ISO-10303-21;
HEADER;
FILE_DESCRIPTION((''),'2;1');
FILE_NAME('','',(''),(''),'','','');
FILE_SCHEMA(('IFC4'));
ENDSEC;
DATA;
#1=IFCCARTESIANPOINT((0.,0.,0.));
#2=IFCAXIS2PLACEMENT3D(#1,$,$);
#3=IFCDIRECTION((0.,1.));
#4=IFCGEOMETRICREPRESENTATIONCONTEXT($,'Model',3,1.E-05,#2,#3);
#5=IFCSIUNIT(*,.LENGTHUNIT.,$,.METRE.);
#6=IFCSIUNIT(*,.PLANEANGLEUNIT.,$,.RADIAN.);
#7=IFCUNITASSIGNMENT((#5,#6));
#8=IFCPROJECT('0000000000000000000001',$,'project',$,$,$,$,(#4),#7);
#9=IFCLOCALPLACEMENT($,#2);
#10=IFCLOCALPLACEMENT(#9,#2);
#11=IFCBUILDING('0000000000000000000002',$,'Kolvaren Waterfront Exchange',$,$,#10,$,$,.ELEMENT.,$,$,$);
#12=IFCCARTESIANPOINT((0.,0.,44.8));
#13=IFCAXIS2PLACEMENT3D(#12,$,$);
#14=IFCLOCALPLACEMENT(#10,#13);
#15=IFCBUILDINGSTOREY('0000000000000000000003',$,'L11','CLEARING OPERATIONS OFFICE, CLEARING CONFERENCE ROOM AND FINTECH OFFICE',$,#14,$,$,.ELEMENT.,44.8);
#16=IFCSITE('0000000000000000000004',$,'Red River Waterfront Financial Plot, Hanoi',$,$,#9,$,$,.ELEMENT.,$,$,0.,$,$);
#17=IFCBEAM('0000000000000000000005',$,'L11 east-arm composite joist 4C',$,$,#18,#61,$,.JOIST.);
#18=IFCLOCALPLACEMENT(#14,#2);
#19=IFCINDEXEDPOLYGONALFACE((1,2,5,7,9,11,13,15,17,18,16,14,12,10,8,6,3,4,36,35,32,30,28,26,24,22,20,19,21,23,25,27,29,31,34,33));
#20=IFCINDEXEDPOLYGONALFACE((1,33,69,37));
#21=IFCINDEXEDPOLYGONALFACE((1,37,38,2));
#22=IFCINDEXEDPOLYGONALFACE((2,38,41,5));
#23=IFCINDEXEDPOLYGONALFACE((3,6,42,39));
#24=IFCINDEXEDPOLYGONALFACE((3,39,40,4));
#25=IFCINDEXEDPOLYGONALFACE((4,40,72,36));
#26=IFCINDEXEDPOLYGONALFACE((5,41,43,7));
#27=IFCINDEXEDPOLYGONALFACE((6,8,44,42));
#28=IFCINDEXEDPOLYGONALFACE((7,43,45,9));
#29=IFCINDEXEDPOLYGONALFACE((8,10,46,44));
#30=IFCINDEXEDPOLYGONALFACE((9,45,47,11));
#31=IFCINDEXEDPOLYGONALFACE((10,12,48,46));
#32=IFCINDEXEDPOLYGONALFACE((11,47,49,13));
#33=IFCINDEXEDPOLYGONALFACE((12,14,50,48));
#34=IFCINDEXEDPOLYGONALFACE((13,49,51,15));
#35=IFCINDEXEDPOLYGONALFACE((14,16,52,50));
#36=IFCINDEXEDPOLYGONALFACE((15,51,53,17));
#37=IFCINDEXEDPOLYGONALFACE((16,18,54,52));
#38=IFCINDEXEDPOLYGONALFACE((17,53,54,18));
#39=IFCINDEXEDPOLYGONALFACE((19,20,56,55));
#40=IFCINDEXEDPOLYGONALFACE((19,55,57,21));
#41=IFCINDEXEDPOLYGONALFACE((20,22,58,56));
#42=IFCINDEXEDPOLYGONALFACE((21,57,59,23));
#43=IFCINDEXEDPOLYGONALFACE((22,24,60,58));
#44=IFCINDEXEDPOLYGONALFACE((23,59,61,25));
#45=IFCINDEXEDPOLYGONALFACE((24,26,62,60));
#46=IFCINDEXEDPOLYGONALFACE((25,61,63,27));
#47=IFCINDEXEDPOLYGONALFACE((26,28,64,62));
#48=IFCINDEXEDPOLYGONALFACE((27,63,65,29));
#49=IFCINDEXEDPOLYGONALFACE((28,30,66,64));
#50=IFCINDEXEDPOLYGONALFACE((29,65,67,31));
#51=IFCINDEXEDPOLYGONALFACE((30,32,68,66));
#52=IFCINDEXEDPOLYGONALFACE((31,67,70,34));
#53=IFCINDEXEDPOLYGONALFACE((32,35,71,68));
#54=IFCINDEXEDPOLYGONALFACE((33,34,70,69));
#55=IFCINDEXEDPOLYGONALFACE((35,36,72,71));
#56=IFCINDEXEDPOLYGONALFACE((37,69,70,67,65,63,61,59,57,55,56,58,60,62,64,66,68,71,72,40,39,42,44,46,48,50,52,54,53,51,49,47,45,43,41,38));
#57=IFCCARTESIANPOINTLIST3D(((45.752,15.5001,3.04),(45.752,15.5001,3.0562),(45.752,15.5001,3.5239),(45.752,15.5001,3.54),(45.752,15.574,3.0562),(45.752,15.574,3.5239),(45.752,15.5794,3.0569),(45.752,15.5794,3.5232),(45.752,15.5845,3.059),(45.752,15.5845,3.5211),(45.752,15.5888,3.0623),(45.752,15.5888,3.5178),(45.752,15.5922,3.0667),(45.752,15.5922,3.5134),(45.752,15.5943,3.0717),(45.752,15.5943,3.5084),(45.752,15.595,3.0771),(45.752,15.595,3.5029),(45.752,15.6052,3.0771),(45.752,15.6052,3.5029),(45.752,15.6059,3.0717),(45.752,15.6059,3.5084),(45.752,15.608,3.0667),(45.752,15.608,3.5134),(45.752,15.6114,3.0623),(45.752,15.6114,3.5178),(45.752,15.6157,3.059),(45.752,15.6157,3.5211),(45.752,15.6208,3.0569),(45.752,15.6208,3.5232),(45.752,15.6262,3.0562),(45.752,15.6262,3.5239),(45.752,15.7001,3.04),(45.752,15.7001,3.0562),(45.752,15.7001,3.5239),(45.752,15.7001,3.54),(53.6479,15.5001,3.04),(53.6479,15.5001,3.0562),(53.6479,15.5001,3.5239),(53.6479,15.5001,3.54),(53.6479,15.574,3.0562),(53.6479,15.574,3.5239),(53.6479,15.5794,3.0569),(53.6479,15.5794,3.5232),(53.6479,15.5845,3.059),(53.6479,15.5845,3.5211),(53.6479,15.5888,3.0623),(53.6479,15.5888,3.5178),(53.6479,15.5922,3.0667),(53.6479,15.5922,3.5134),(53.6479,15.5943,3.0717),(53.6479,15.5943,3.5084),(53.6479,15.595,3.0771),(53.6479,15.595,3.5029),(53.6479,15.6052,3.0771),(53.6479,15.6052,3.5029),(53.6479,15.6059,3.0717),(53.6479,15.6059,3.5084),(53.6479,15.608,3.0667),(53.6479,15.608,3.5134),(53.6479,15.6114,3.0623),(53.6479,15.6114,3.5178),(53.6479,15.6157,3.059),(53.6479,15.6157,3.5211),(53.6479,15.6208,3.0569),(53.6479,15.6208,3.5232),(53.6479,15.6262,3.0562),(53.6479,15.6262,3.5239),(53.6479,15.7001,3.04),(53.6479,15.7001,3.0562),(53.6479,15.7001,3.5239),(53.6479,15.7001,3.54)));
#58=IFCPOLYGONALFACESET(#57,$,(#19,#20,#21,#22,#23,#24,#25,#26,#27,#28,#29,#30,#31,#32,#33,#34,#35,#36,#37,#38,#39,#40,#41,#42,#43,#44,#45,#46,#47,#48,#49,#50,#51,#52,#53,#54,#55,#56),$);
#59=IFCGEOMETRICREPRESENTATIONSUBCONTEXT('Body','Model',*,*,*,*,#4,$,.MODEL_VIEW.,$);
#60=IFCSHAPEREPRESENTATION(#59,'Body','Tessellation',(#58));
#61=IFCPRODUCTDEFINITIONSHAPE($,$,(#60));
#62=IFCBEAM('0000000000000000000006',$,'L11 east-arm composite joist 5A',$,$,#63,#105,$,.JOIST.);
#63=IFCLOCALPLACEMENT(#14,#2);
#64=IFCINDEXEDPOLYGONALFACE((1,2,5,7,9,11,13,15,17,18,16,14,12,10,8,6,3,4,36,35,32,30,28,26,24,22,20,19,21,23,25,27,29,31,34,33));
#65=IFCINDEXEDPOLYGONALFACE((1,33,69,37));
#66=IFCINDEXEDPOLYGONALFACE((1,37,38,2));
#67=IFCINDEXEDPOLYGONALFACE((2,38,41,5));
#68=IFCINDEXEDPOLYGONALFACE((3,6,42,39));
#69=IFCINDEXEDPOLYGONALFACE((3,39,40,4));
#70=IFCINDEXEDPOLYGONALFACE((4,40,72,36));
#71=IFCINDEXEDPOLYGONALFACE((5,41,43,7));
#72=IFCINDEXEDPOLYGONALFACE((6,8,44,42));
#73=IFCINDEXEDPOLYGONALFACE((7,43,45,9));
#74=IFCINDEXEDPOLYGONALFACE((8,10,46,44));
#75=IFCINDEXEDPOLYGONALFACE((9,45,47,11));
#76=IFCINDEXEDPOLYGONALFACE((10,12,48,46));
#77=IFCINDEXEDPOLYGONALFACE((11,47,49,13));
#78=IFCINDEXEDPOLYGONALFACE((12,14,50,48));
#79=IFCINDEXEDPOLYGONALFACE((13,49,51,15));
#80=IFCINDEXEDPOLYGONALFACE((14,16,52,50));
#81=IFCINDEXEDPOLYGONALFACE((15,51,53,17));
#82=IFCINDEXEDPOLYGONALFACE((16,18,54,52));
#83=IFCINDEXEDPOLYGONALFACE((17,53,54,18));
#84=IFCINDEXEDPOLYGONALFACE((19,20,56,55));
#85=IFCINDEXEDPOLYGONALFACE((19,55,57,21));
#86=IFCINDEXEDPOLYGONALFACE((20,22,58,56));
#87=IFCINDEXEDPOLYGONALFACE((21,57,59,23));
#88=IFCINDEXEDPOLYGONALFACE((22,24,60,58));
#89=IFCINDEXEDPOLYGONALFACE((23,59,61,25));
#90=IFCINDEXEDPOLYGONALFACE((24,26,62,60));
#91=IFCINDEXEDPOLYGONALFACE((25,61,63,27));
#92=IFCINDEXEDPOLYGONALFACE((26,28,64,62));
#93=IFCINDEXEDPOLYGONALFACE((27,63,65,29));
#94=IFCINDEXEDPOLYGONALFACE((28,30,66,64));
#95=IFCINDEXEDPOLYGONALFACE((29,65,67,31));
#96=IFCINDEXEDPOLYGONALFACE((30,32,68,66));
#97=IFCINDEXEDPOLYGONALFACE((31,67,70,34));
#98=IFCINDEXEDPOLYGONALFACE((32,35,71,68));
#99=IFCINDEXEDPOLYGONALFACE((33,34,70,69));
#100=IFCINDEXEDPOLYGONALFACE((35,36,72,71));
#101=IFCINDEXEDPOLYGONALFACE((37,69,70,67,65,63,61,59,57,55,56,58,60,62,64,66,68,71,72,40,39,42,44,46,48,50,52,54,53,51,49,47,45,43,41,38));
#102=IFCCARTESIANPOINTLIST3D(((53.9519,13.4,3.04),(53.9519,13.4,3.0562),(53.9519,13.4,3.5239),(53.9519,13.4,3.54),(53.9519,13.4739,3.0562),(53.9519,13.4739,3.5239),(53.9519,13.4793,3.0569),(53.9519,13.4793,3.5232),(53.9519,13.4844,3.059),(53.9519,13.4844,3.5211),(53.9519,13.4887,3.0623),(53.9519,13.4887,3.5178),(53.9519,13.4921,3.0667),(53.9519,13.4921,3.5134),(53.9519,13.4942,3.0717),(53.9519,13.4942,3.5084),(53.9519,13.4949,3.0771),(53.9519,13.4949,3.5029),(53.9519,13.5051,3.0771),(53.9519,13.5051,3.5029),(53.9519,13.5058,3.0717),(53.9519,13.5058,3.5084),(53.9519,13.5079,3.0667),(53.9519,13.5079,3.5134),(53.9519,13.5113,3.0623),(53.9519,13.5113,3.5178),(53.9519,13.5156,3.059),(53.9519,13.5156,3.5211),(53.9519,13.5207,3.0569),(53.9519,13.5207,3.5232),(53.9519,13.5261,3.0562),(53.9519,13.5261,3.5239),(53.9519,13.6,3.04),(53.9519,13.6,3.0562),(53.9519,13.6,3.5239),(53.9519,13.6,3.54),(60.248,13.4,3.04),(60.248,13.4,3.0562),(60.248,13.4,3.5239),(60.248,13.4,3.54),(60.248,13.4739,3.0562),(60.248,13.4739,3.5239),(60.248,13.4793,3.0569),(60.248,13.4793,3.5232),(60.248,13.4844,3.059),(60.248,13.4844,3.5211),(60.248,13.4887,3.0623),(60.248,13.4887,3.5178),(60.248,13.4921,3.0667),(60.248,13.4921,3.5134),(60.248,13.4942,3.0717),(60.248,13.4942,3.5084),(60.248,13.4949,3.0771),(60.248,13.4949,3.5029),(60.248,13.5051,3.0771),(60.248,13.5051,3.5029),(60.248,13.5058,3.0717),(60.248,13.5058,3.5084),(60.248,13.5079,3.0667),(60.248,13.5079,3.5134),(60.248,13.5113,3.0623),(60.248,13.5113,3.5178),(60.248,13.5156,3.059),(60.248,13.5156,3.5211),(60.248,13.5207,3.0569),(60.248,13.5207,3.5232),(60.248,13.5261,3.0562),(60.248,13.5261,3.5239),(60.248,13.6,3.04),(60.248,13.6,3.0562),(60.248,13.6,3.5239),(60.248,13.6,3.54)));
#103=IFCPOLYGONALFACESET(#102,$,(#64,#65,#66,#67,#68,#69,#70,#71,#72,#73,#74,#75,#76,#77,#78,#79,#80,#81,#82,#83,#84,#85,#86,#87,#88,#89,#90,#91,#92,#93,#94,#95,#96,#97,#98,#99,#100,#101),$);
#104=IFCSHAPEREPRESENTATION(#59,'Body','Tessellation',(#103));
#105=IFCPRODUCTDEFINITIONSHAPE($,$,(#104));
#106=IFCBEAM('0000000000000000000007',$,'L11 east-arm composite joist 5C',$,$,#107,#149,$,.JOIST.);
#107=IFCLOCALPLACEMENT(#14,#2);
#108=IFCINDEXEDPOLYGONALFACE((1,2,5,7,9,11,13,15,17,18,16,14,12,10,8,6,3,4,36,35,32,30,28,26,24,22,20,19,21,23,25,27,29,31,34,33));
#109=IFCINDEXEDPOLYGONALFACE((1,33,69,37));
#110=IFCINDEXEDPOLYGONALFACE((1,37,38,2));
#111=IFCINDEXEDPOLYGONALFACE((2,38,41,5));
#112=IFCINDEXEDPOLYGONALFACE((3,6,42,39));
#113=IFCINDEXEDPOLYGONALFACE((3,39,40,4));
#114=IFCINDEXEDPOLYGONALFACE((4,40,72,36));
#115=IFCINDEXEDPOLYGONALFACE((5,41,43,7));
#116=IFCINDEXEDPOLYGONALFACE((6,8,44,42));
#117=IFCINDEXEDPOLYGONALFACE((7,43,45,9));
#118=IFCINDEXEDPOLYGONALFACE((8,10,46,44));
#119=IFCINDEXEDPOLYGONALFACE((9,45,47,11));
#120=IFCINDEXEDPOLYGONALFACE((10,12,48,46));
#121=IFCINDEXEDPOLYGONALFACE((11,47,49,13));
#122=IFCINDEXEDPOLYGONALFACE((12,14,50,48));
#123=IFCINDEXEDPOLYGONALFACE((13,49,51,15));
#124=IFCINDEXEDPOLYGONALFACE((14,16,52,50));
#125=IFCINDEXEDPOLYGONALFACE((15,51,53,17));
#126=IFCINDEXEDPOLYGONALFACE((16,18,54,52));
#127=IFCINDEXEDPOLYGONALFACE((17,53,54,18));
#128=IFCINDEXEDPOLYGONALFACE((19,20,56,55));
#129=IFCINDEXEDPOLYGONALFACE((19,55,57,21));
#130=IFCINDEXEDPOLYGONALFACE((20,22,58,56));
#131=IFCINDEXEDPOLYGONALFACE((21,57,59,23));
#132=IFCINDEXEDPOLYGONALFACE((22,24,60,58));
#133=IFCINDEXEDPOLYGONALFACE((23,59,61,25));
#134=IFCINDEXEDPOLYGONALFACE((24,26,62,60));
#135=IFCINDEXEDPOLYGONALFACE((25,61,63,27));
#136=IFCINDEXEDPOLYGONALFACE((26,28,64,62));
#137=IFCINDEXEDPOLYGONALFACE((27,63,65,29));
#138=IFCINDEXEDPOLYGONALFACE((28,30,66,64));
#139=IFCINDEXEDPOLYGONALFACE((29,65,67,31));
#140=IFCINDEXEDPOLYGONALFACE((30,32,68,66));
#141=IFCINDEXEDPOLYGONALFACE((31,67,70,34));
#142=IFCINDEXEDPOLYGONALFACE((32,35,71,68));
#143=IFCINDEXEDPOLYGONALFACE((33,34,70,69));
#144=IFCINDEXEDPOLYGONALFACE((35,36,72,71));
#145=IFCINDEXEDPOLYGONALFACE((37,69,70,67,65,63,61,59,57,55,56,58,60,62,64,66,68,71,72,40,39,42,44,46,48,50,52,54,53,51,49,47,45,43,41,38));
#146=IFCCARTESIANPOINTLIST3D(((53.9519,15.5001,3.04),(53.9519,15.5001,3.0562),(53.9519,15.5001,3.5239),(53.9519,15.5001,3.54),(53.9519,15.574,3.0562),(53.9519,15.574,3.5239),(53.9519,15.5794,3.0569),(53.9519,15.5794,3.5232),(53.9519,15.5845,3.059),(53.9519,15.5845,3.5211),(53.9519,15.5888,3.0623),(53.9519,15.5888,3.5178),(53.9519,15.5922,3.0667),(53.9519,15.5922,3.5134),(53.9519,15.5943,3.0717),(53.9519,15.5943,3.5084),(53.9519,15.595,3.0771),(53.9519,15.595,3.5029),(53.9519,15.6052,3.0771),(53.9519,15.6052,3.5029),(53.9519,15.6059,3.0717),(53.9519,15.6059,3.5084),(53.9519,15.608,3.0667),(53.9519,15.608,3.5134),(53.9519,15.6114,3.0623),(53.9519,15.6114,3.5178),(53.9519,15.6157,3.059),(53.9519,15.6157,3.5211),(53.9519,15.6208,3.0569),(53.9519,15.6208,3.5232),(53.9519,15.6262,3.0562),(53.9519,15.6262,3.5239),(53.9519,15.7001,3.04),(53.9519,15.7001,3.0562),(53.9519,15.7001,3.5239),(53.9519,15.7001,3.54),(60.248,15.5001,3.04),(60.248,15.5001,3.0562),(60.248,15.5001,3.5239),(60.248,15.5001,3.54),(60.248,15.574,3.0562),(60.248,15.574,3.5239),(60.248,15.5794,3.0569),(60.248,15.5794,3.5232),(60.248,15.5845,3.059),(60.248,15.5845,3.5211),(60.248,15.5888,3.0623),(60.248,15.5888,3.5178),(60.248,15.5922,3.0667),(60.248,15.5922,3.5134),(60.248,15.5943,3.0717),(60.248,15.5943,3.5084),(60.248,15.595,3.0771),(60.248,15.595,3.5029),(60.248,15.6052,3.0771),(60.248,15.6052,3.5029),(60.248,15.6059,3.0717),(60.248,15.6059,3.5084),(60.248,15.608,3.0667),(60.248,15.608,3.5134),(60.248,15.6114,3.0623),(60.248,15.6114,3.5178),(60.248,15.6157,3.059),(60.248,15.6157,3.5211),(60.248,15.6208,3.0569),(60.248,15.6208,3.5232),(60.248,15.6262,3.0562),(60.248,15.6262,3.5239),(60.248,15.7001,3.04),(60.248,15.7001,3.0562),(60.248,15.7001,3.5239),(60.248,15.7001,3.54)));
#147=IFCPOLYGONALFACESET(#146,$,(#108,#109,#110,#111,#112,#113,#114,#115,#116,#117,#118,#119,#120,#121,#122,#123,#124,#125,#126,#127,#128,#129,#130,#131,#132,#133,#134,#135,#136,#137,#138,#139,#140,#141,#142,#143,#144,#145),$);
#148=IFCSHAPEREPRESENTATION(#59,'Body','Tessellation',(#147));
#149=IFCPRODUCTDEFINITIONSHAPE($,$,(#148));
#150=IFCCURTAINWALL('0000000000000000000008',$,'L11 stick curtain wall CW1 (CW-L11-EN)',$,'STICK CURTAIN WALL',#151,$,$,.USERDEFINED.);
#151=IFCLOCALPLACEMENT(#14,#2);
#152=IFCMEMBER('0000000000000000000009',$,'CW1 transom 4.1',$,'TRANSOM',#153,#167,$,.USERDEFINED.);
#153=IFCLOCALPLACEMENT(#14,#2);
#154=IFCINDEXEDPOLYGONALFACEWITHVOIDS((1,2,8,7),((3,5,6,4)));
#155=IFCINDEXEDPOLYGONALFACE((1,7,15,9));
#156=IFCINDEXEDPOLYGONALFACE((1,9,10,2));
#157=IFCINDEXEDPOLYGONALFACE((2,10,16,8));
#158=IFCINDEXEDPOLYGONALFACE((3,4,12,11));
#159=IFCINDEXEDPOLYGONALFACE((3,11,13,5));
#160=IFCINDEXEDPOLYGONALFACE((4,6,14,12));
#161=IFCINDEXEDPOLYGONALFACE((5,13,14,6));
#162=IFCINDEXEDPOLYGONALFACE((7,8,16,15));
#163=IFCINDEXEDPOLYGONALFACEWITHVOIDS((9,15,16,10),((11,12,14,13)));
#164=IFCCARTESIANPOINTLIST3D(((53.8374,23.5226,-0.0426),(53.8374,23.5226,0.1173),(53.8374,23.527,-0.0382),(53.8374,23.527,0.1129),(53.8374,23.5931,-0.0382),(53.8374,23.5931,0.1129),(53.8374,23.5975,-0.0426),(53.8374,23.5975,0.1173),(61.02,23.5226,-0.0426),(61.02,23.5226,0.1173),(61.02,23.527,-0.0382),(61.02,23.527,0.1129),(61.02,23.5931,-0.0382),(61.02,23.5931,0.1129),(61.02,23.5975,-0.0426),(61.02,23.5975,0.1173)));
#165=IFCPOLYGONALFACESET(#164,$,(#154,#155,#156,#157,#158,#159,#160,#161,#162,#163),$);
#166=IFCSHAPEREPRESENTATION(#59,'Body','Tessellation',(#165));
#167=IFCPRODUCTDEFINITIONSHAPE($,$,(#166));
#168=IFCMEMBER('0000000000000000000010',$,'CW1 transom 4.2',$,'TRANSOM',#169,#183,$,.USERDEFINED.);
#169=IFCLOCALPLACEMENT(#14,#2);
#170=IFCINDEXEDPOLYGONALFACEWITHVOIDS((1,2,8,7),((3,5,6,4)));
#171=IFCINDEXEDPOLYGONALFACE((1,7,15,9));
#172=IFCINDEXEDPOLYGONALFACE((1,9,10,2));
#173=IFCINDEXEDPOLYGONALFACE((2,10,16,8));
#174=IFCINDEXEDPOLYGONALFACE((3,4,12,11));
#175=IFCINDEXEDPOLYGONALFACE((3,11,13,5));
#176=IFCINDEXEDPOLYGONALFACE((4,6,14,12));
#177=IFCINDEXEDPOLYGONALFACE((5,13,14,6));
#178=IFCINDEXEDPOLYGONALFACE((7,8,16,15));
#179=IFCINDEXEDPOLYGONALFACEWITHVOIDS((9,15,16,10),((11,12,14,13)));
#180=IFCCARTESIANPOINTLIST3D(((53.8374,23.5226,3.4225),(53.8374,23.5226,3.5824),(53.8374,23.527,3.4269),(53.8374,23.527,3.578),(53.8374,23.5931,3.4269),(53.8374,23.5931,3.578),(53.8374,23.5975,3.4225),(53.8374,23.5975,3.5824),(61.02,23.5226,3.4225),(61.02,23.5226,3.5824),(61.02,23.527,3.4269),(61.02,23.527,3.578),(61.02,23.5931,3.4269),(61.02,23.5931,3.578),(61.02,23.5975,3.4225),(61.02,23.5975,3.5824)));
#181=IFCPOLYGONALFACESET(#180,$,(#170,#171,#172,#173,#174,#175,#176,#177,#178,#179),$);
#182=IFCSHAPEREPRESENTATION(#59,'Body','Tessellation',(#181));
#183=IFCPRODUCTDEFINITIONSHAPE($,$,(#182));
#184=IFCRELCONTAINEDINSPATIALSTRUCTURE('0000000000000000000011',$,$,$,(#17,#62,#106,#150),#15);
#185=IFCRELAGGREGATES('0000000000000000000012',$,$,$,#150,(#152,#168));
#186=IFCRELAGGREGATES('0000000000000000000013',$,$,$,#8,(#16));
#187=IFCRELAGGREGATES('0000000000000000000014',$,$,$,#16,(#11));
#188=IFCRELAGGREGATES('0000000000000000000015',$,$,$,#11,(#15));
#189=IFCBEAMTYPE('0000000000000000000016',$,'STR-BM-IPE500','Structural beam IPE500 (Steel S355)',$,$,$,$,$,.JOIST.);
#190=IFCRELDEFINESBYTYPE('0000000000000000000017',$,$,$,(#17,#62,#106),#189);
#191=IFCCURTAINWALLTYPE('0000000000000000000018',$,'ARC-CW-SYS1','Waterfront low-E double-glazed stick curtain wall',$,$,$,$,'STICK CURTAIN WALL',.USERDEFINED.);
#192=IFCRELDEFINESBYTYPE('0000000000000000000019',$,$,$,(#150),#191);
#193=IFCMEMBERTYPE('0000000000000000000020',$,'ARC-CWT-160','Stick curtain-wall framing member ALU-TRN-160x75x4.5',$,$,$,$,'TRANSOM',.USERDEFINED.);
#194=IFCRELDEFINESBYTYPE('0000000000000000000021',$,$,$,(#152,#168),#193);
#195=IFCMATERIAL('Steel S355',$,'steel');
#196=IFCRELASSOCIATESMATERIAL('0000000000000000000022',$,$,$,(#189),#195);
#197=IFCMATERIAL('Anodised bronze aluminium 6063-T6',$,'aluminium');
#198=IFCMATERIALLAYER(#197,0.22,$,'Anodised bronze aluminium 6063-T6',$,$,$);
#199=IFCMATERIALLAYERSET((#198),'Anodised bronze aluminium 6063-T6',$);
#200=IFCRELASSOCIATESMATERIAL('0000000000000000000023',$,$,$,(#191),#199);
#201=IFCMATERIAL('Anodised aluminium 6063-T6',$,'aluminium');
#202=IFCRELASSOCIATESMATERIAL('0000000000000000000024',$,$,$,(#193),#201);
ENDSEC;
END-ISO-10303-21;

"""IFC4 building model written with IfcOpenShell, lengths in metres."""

from ifc_helpers import new_model, si_unit, direction, frame, origin, origin_with_axes, origin_2d, place, context, subcontext, project, spatial, hollow_rectangle, i_section, extrude, source, transform, mapped, material, layer, layer_set, material_profile, profile_set, type_object, element, aggregate, save


model = new_model("IFC4")

# Units and contexts
model_context = context("Model", 3, precision=1e-05, world=origin(), true_north=direction((0.0, 1.0)))
body_context = subcontext(model_context, "Body", "Model", "MODEL_VIEW")
ifc_project = project(units=[si_unit("LENGTHUNIT", "METRE"), si_unit("PLANEANGLEUNIT", "RADIAN")], contexts=[model_context])

# Site, building, storey
site_placement = place(None, origin())
site = spatial("IfcSite", under=ifc_project, at=site_placement, Name="Red River Waterfront Financial Plot, Hanoi", CompositionType="ELEMENT", RefElevation=0.0)
building_placement = place(site_placement, origin())
building = spatial("IfcBuilding", under=site, at=building_placement, Name="Kolvaren Waterfront Exchange", CompositionType="ELEMENT")
storey_placement = place(building_placement, frame((0.0, 0.0, 44.8)))
storey = spatial("IfcBuildingStorey", under=building, at=storey_placement, Name="L11", Description="CLEARING OPERATIONS OFFICE, CLEARING CONFERENCE ROOM AND FINTECH OFFICE", CompositionType="ELEMENT", Elevation=44.8)

# Beams
ifc_material_1 = material(Name="Steel S355", Category="steel")
ifc_material_profile_1 = material_profile(ifc_material_1, i_section(OverallWidth=0.2, OverallDepth=0.5, WebThickness=0.0103, FlangeThickness=0.0161, FilletRadius=0.021, at=origin_2d()), Name="IPE500")
ifc_profile_set_1 = profile_set([ifc_material_profile_1], Name="Steel S355")
beam_type_1 = type_object("IfcBeamType", Name="STR-BM-IPE500", Description="Structural beam IPE500 (Steel S355)", PredefinedType="JOIST", material=ifc_profile_set_1)
for number, where, z_axis, x_axis, name in (
    (1, (45.752, 15.6001, 3.29), (1.0, 0.0, 0.0), (0.0, 1.0, 0.0), "L11 east-arm composite joist 4C"),
):
    element("IfcBeam", number, at=place(storey_placement, frame(where, z_axis=z_axis, x_axis=x_axis)), inside=storey, type_object=beam_type_1, Name=name, PredefinedType="JOIST", context=body_context, shape_type="SweptSolid", body=[
        extrude(i_section(OverallWidth=0.2, OverallDepth=0.5, WebThickness=0.0103, FlangeThickness=0.0161, FilletRadius=0.021, at=origin_2d()), origin(), (0.0, 0.0, 1.0), 7.896),
    ])
for number, where, z_axis, x_axis, name in (
    (2, (53.9519, 13.5, 3.29), (1.0, 0.0, 0.0), (0.0, 1.0, 0.0), "L11 east-arm composite joist 5A"),
    (3, (53.9519, 15.6001, 3.29), (1.0, 0.0, 0.0), (0.0, 1.0, 0.0), "L11 east-arm composite joist 5C"),
):
    element("IfcBeam", number, at=place(storey_placement, frame(where, z_axis=z_axis, x_axis=x_axis)), inside=storey, type_object=beam_type_1, Name=name, PredefinedType="JOIST", context=body_context, shape_type="SweptSolid", body=[
        extrude(i_section(OverallWidth=0.2, OverallDepth=0.5, WebThickness=0.0103, FlangeThickness=0.0161, FilletRadius=0.021, at=origin_2d()), origin(), (0.0, 0.0, 1.0), 6.2961),
    ])

# Curtain wall, members
ifc_material_2 = material(Name="Anodised bronze aluminium 6063-T6", Category="aluminium")
ifc_layer_1 = layer(ifc_material_2, 0.22, Name="Anodised bronze aluminium 6063-T6")
ifc_layer_set_1 = layer_set([ifc_layer_1], Name="Anodised bronze aluminium 6063-T6")
curtain_wall_type = type_object("IfcCurtainWallType", Name="ARC-CW-SYS1", Description="Waterfront low-E double-glazed stick curtain wall", ElementType="STICK CURTAIN WALL", PredefinedType="USERDEFINED", material=ifc_layer_set_1)
curtain_wall_placement = place(storey_placement, origin())
curtain_wall = element("IfcCurtainWall", 4, at=curtain_wall_placement, inside=storey, type_object=curtain_wall_type, Name="L11 stick curtain wall CW1 (CW-L11-EN)", ObjectType="STICK CURTAIN WALL", PredefinedType="USERDEFINED")
ifc_material_3 = material(Name="Anodised aluminium 6063-T6", Category="aluminium")
ifc_material_profile_2 = material_profile(ifc_material_3, hollow_rectangle(XDim=0.075, YDim=0.1599, WallThickness=0.0044, at=origin_2d()), Name="ALU-TRN-160x75x4.5")
ifc_profile_set_2 = profile_set([ifc_material_profile_2], Name="Anodised aluminium 6063-T6")
member_type_1 = type_object("IfcMemberType", Name="ARC-CWT-160", Description="Stick curtain-wall framing member ALU-TRN-160x75x4.5", ElementType="TRANSOM", PredefinedType="USERDEFINED", material=ifc_profile_set_2)
shared_shape_1 = source(origin_with_axes(), body_context, "Body", "SweptSolid", [
    extrude(hollow_rectangle(XDim=0.075, YDim=0.1599, WallThickness=0.0044, at=origin_2d()), origin(), (0.0, 0.0, 1.0), 7.1826),
])
member_1_placement = place(storey_placement, frame((53.8374, 23.5601, 0.0374), z_axis=(1.0, 0.0, 0.0), x_axis=(0.0, 1.0, 0.0)))
member_1 = element("IfcMember", 5, at=member_1_placement, type_object=member_type_1, Name="CW1 transom 4.1", ObjectType="TRANSOM", PredefinedType="USERDEFINED", context=body_context, shape_type="MappedRepresentation", body=[
    mapped(shared_shape_1, transform((0.0, 0.0, 0.0), x_axis=(1.0, 0.0, 0.0), y_axis=(0.0, 1.0, 0.0), z_axis=(0.0, 0.0, 1.0), scale=1.0)),
])
member_2_placement = place(storey_placement, frame((53.8374, 23.5601, 3.5024), z_axis=(1.0, 0.0, 0.0), x_axis=(0.0, 1.0, 0.0)))
member_2 = element("IfcMember", 6, at=member_2_placement, type_object=member_type_1, Name="CW1 transom 4.2", ObjectType="TRANSOM", PredefinedType="USERDEFINED", context=body_context, shape_type="MappedRepresentation", body=[
    mapped(shared_shape_1, transform((0.0, 0.0, 0.0), x_axis=(1.0, 0.0, 0.0), y_axis=(0.0, 1.0, 0.0), z_axis=(0.0, 0.0, 1.0), scale=1.0)),
])
aggregate(curtain_wall, [member_1, member_2])

save(model, "model.ifc")
